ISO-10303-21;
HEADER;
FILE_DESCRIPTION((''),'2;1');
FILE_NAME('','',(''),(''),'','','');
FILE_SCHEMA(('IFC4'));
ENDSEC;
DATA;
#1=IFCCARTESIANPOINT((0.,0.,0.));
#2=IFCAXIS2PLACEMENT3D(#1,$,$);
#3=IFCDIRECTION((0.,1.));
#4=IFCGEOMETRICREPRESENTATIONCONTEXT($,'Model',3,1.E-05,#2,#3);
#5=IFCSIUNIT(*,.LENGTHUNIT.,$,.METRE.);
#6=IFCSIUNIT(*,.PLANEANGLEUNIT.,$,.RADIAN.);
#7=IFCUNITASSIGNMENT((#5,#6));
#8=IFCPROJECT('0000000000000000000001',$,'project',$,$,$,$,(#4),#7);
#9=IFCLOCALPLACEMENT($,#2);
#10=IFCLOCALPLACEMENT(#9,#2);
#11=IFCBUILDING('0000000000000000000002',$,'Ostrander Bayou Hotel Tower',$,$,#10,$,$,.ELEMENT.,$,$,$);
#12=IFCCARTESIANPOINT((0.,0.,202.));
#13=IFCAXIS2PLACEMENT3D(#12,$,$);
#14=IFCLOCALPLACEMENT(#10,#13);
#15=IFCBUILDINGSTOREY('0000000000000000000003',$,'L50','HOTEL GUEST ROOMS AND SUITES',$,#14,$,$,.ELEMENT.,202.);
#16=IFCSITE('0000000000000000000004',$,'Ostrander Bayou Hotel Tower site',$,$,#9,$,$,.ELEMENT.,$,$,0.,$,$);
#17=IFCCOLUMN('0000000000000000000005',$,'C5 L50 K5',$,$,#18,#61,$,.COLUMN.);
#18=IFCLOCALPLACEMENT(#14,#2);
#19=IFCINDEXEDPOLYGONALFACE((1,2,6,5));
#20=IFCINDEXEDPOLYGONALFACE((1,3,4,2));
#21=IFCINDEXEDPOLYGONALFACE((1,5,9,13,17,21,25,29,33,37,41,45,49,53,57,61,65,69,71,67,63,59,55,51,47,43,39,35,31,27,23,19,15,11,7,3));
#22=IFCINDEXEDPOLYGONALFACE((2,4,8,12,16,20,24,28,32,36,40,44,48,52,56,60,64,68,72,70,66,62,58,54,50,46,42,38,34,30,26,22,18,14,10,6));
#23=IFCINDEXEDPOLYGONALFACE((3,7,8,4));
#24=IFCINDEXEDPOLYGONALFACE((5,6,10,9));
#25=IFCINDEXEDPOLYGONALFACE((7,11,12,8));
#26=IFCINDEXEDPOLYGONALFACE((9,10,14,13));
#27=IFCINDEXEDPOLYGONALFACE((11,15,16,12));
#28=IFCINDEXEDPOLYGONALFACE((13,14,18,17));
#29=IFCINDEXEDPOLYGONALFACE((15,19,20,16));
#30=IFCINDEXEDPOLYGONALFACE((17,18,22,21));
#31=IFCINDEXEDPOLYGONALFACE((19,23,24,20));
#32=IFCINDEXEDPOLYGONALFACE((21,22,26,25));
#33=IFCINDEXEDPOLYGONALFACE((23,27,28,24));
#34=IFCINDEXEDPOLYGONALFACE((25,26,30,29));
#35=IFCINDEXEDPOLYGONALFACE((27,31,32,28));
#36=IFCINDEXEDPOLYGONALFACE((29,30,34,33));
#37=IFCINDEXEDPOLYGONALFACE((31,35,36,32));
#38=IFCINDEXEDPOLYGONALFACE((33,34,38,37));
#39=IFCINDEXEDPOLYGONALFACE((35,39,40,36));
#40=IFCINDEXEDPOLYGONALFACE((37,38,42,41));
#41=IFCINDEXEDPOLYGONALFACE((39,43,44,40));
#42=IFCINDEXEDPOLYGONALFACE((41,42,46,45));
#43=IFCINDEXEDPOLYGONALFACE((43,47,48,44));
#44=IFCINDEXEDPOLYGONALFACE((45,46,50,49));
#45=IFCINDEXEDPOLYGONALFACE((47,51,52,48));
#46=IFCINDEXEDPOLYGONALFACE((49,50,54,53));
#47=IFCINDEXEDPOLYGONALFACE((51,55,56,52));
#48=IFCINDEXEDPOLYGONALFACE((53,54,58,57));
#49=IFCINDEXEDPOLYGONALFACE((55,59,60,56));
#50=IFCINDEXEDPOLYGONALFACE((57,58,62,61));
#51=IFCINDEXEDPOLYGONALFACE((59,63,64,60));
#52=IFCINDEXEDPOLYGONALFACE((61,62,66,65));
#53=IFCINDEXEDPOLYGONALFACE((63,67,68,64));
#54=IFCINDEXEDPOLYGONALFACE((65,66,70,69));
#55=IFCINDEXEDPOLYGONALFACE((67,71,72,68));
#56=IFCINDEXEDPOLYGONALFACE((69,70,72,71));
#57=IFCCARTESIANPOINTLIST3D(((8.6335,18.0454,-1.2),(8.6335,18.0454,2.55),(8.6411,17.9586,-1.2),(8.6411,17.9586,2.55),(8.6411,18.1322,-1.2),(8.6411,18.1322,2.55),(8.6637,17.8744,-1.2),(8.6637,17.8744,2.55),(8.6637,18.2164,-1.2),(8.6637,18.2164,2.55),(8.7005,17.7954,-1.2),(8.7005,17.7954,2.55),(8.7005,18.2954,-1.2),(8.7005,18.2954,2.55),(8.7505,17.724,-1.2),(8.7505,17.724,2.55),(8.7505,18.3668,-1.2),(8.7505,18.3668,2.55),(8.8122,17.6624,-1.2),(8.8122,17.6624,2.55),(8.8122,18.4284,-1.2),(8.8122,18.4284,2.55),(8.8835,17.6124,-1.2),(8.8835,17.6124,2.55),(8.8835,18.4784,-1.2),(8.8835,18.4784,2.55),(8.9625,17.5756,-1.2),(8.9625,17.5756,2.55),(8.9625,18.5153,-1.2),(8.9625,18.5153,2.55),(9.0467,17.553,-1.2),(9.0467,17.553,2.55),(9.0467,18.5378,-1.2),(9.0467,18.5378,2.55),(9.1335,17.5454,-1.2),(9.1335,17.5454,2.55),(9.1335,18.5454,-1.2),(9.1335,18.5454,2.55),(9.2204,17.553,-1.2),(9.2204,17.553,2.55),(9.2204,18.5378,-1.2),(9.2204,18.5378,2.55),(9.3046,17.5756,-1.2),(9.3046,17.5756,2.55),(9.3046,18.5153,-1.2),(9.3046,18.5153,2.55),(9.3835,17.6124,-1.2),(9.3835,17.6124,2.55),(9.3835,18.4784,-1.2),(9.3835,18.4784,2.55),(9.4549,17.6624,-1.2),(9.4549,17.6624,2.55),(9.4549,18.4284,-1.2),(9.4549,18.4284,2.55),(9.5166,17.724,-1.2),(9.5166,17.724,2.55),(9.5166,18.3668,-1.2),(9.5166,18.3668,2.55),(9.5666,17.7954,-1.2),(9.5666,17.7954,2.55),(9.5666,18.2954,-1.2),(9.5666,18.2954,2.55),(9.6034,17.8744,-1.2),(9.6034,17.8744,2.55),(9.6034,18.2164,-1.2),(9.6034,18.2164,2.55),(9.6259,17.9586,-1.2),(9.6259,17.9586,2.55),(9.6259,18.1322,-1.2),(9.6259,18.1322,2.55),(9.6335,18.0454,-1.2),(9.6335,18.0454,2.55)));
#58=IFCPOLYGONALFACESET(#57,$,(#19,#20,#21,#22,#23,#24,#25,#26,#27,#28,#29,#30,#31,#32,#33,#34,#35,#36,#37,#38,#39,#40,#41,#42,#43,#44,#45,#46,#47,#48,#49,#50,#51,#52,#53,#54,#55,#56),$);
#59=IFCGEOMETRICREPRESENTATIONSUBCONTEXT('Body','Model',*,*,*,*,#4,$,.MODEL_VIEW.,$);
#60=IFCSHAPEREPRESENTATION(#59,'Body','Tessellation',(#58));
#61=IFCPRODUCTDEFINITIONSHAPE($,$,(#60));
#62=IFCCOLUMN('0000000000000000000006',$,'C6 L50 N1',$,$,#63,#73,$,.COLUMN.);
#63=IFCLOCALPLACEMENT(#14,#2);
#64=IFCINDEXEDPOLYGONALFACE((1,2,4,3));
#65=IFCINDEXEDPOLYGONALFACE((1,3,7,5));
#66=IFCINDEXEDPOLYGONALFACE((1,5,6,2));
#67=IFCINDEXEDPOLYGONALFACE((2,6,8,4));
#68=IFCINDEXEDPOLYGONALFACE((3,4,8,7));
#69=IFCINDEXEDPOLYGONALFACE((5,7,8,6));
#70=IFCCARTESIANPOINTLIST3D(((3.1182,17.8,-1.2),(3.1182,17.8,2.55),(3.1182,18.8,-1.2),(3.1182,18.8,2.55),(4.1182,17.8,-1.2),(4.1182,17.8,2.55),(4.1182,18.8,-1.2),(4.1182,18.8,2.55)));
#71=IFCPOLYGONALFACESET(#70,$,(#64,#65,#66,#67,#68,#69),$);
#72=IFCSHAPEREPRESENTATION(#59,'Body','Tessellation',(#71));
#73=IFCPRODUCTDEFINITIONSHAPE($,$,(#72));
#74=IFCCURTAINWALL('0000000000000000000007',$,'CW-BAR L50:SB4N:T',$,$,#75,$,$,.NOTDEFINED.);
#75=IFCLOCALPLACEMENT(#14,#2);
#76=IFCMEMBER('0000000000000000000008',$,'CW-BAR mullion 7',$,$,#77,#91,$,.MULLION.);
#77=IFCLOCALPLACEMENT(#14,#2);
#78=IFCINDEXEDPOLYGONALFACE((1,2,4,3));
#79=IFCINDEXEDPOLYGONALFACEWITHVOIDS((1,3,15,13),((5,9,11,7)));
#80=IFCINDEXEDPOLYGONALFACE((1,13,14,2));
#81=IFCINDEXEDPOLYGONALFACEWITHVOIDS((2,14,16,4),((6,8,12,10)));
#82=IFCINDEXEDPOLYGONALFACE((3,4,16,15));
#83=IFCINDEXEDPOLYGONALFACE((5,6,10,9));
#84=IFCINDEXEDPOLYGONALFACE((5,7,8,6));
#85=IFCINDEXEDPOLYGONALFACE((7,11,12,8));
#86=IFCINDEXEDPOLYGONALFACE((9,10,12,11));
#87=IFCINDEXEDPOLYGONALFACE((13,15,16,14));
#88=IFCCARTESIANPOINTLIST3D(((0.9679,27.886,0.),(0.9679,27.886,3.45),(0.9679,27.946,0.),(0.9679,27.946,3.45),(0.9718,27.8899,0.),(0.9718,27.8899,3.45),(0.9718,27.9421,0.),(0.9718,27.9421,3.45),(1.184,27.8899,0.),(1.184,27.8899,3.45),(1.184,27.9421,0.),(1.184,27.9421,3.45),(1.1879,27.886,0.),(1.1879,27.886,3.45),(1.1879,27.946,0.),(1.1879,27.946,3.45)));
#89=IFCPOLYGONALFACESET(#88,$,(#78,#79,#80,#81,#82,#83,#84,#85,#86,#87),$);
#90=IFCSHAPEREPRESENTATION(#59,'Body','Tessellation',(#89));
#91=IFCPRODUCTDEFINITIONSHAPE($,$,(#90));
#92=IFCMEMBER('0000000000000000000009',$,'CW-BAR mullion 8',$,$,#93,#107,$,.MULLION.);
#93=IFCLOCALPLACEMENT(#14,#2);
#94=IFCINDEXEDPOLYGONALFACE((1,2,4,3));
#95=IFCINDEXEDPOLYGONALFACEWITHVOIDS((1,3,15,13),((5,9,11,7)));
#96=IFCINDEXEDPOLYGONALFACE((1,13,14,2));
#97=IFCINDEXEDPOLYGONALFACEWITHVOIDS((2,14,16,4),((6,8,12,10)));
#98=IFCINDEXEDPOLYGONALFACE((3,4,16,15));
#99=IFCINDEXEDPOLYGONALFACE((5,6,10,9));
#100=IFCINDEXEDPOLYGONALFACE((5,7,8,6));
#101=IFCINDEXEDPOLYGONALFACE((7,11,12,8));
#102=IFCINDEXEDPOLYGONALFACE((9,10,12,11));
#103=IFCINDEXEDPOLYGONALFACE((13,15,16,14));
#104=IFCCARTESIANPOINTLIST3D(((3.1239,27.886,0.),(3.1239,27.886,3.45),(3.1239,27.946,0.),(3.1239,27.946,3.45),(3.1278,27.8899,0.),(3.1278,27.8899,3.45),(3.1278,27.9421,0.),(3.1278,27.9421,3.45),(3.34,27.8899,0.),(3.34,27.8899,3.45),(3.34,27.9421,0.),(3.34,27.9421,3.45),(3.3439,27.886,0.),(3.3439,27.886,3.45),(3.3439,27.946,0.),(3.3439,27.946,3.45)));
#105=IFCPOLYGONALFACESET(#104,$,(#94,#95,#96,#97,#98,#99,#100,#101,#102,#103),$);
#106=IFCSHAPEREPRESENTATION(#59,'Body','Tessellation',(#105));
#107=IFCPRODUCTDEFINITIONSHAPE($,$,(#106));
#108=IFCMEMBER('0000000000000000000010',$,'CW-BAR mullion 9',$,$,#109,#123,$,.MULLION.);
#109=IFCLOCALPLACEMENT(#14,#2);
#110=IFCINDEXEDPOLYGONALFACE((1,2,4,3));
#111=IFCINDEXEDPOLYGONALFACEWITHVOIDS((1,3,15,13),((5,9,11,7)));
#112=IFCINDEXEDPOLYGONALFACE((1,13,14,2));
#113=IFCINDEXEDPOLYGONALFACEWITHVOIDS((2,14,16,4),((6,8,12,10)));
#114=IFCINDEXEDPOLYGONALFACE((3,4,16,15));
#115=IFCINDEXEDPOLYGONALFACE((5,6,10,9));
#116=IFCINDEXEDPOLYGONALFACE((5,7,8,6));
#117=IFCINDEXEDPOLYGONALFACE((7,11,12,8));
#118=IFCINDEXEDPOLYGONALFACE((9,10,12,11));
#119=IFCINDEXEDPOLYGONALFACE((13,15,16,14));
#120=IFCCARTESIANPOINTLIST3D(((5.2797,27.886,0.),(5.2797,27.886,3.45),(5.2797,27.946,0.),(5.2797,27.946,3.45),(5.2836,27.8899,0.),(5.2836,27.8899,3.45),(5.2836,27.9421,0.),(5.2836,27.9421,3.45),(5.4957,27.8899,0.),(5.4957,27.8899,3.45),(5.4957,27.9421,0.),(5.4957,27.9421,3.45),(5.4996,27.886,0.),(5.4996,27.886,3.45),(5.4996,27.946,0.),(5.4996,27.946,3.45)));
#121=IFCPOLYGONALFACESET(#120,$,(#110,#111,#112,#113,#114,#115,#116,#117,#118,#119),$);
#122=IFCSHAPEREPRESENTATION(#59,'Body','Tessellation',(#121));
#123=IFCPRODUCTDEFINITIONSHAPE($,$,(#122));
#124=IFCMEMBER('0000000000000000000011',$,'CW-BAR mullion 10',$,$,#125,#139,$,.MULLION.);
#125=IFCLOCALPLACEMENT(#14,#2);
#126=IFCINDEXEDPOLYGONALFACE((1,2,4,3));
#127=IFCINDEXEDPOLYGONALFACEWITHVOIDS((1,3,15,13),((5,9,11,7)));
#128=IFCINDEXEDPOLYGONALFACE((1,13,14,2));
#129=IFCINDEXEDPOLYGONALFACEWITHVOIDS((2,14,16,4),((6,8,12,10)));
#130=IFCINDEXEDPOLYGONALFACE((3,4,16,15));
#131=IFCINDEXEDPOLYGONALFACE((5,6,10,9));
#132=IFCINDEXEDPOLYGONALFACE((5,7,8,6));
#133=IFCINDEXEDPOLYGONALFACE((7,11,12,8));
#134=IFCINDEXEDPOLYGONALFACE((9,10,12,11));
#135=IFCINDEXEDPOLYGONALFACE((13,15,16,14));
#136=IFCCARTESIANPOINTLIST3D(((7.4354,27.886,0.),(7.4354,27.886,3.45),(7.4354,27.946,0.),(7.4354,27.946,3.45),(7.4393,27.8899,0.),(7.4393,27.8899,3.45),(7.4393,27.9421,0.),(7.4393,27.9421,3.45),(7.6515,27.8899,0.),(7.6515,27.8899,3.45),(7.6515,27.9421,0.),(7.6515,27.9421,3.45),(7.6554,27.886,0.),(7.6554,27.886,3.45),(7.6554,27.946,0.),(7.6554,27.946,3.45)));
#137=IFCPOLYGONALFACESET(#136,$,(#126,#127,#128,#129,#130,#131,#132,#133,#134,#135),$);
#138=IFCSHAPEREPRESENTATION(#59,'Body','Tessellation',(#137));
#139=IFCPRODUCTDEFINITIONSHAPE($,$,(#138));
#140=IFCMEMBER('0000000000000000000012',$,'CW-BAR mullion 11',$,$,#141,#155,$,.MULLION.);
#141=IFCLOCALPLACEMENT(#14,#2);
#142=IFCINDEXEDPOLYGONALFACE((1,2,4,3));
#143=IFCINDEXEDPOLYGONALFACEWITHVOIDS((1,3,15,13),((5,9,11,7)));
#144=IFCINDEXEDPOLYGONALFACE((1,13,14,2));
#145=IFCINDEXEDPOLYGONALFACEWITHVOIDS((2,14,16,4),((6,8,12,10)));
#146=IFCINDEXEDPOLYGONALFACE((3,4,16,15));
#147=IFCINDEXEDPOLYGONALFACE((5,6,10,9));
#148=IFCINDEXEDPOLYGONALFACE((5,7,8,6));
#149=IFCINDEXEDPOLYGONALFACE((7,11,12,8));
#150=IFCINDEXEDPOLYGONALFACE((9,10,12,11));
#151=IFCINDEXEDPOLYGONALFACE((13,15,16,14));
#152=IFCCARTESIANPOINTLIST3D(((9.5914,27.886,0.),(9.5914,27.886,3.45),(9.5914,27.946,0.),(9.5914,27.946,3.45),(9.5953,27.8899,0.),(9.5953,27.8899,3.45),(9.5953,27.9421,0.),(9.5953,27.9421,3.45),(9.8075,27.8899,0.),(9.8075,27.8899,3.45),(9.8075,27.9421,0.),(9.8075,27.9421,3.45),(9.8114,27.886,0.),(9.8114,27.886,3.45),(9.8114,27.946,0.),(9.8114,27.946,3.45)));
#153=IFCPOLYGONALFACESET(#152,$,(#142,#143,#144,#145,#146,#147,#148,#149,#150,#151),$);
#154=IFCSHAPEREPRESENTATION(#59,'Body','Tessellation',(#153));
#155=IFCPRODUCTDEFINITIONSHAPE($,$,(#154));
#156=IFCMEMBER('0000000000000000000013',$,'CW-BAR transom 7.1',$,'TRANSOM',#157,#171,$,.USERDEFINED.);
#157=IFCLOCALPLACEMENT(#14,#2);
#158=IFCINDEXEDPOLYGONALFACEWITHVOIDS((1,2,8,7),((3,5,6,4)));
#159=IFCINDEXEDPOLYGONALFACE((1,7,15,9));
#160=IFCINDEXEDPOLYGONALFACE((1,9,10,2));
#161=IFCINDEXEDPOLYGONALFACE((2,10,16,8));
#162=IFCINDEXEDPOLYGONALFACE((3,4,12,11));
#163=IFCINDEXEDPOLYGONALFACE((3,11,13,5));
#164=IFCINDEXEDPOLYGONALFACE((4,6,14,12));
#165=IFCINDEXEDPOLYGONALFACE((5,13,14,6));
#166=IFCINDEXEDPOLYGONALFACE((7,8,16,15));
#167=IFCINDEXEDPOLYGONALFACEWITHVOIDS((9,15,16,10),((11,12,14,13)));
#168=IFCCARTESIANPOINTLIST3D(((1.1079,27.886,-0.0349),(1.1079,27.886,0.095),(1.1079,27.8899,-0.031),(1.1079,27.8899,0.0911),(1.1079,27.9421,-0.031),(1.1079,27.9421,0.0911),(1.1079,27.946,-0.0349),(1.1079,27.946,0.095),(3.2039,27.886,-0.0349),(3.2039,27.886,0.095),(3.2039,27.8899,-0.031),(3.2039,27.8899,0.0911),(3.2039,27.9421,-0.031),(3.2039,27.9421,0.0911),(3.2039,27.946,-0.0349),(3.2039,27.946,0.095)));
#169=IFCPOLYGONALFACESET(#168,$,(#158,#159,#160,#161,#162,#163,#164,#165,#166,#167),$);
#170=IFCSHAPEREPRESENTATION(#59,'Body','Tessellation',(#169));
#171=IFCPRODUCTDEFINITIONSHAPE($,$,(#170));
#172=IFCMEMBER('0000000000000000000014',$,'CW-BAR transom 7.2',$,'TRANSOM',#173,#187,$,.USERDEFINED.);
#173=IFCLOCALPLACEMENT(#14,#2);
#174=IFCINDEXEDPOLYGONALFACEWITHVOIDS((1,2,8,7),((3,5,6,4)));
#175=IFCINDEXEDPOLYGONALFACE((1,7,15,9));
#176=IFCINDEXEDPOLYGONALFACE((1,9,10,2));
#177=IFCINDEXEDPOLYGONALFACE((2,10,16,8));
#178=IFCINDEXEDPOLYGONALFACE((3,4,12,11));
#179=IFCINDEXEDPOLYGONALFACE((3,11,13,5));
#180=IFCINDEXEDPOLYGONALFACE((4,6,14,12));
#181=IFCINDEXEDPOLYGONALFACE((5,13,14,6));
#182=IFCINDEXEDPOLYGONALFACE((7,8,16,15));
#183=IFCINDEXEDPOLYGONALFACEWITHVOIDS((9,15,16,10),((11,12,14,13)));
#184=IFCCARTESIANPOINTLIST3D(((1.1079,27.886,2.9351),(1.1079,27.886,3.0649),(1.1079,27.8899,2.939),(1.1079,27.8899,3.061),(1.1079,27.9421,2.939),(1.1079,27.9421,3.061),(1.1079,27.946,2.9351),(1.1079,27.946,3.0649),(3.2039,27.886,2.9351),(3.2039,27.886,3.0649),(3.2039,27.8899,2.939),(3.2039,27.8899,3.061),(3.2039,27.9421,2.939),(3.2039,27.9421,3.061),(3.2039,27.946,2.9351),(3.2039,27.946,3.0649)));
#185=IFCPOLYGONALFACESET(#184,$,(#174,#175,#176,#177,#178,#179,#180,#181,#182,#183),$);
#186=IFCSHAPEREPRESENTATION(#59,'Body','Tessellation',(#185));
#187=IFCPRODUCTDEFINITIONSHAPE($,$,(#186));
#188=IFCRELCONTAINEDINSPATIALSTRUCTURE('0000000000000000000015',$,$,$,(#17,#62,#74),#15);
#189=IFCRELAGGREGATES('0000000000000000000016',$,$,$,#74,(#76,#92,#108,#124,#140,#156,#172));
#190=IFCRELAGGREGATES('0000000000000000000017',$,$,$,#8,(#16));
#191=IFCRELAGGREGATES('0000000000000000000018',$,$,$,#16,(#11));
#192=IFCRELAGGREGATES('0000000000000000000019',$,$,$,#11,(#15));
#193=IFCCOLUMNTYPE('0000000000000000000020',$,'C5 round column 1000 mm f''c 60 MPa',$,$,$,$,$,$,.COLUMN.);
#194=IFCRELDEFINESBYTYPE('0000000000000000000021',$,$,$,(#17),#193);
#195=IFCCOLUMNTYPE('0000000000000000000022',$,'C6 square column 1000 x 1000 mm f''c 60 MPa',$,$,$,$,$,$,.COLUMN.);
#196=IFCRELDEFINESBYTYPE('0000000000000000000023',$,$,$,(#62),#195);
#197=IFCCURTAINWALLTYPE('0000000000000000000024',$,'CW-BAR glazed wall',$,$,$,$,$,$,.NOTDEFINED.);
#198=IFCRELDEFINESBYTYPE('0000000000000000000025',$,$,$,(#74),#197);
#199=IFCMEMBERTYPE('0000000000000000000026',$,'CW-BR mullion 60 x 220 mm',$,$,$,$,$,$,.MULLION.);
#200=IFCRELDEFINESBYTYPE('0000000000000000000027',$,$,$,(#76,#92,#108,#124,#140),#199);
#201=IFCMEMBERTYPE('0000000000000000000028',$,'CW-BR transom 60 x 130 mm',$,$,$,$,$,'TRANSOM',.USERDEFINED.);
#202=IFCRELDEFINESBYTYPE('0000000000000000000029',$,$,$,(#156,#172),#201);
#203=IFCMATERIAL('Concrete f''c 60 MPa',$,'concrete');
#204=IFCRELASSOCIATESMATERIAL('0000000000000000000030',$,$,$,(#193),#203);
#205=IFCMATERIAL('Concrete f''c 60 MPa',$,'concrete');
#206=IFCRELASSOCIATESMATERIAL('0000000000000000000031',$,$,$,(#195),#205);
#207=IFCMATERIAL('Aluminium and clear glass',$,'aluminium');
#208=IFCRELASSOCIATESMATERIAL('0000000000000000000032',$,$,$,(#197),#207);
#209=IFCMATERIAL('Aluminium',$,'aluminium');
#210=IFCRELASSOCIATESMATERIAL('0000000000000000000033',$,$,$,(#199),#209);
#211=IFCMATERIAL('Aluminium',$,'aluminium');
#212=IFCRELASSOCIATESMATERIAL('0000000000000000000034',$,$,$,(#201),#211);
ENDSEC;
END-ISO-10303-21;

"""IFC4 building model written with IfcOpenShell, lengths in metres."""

from ifc_helpers import new_model, si_unit, direction, frame, origin, origin_2d, place, context, subcontext, project, spatial, rectangle, hollow_rectangle, circle, extrude, material, material_profile, profile_set, type_object, element, aggregate, save


model = new_model("IFC4")

# Units and contexts
model_context = context("Model", 3, precision=1e-05, world=origin(), true_north=direction((0.0, 1.0)))
body_context = subcontext(model_context, "Body", "Model", "MODEL_VIEW")
ifc_project = project(units=[si_unit("LENGTHUNIT", "METRE"), si_unit("PLANEANGLEUNIT", "RADIAN")], contexts=[model_context])

# Site, building, storey
site_placement = place(None, origin())
site = spatial("IfcSite", under=ifc_project, at=site_placement, Name="Ostrander Bayou Hotel Tower site", CompositionType="ELEMENT", RefElevation=0.0)
building_placement = place(site_placement, origin())
building = spatial("IfcBuilding", under=site, at=building_placement, Name="Ostrander Bayou Hotel Tower", CompositionType="ELEMENT")
storey_placement = place(building_placement, frame((0.0, 0.0, 202.0)))
storey = spatial("IfcBuildingStorey", under=building, at=storey_placement, Name="L50", Description="HOTEL GUEST ROOMS AND SUITES", CompositionType="ELEMENT", Elevation=202.0)

# Columns
ifc_material_1 = material(Name="Concrete f'c 60 MPa", Category="concrete")
ifc_material_profile_1 = material_profile(ifc_material_1, circle(Radius=0.5, at=origin_2d()))
ifc_profile_set_1 = profile_set([ifc_material_profile_1], Name="Concrete f'c 60 MPa")
column_type_1 = type_object("IfcColumnType", Name="C5 round column 1000 mm f'c 60 MPa", PredefinedType="COLUMN", material=ifc_profile_set_1)
column_1_placement = place(storey_placement, frame((9.1335, 18.0454, -1.2), z_axis=(0.0, 0.0, 1.0), x_axis=(1.0, 0.0, 0.0)))
element("IfcColumn", 1, at=column_1_placement, inside=storey, type_object=column_type_1, Name="C5 L50 K5", PredefinedType="COLUMN", context=body_context, shape_type="SweptSolid", body=[
    extrude(circle(Radius=0.5, at=origin_2d()), origin(), (0.0, 0.0, 1.0), 3.75),
])
ifc_material_2 = material(Name="Concrete f'c 60 MPa", Category="concrete")
ifc_material_profile_2 = material_profile(ifc_material_2, rectangle(XDim=1.0, YDim=1.0, at=origin_2d()))
ifc_profile_set_2 = profile_set([ifc_material_profile_2], Name="Concrete f'c 60 MPa")
column_type_2 = type_object("IfcColumnType", Name="C6 square column 1000 x 1000 mm f'c 60 MPa", PredefinedType="COLUMN", material=ifc_profile_set_2)
column_2_placement = place(storey_placement, frame((3.6182, 18.3, -1.2), z_axis=(0.0, 0.0, 1.0), x_axis=(1.0, 0.0, 0.0)))
element("IfcColumn", 2, at=column_2_placement, inside=storey, type_object=column_type_2, Name="C6 L50 N1", PredefinedType="COLUMN", context=body_context, shape_type="SweptSolid", body=[
    extrude(rectangle(XDim=1.0, YDim=1.0, at=origin_2d()), origin(), (0.0, 0.0, 1.0), 3.75),
])

# Curtain wall, members
ifc_material_3 = material(Name="Aluminium and clear glass", Category="aluminium")
curtain_wall_type = type_object("IfcCurtainWallType", Name="CW-BAR glazed wall", PredefinedType="NOTDEFINED", material=ifc_material_3)
curtain_wall_placement = place(storey_placement, origin())
curtain_wall = element("IfcCurtainWall", 3, at=curtain_wall_placement, inside=storey, type_object=curtain_wall_type, Name="CW-BAR L50:SB4N:T", PredefinedType="NOTDEFINED")
ifc_material_4 = material(Name="Aluminium", Category="aluminium")
ifc_material_profile_3 = material_profile(ifc_material_4, hollow_rectangle(XDim=0.0601, YDim=0.22, WallThickness=0.0039, at=origin_2d()))
ifc_profile_set_3 = profile_set([ifc_material_profile_3], Name="Aluminium")
member_type_1 = type_object("IfcMemberType", Name="CW-BR mullion 60 x 220 mm", PredefinedType="MULLION", material=ifc_profile_set_3)
member_1_placement = place(storey_placement, frame((1.0779, 27.916, 0.0), z_axis=(0.0, 0.0, 1.0), x_axis=(0.0, 1.0, 0.0)))
member_1 = element("IfcMember", 4, at=member_1_placement, type_object=member_type_1, Name="CW-BAR mullion 7", PredefinedType="MULLION", context=body_context, shape_type="SweptSolid", body=[
    extrude(hollow_rectangle(XDim=0.0601, YDim=0.22, WallThickness=0.0039, at=origin_2d()), origin(), (0.0, 0.0, 1.0), 3.45),
])
member_2_placement = place(storey_placement, frame((3.2339, 27.916, 0.0), z_axis=(0.0, 0.0, 1.0), x_axis=(0.0, 1.0, 0.0)))
member_2 = element("IfcMember", 5, at=member_2_placement, type_object=member_type_1, Name="CW-BAR mullion 8", PredefinedType="MULLION", context=body_context, shape_type="SweptSolid", body=[
    extrude(hollow_rectangle(XDim=0.0601, YDim=0.22, WallThickness=0.0039, at=origin_2d()), origin(), (0.0, 0.0, 1.0), 3.45),
])
member_3_placement = place(storey_placement, frame((5.3896, 27.916, 0.0), z_axis=(0.0, 0.0, 1.0), x_axis=(0.0, 1.0, 0.0)))
member_3 = element("IfcMember", 6, at=member_3_placement, type_object=member_type_1, Name="CW-BAR mullion 9", PredefinedType="MULLION", context=body_context, shape_type="SweptSolid", body=[
    extrude(hollow_rectangle(XDim=0.0601, YDim=0.22, WallThickness=0.0039, at=origin_2d()), origin(), (0.0, 0.0, 1.0), 3.45),
])
member_4_placement = place(storey_placement, frame((7.5454, 27.916, 0.0), z_axis=(0.0, 0.0, 1.0), x_axis=(0.0, 1.0, 0.0)))
member_4 = element("IfcMember", 7, at=member_4_placement, type_object=member_type_1, Name="CW-BAR mullion 10", PredefinedType="MULLION", context=body_context, shape_type="SweptSolid", body=[
    extrude(hollow_rectangle(XDim=0.0601, YDim=0.22, WallThickness=0.0039, at=origin_2d()), origin(), (0.0, 0.0, 1.0), 3.45),
])
member_5_placement = place(storey_placement, frame((9.7014, 27.916, 0.0), z_axis=(0.0, 0.0, 1.0), x_axis=(0.0, 1.0, 0.0)))
member_5 = element("IfcMember", 8, at=member_5_placement, type_object=member_type_1, Name="CW-BAR mullion 11", PredefinedType="MULLION", context=body_context, shape_type="SweptSolid", body=[
    extrude(hollow_rectangle(XDim=0.0601, YDim=0.22, WallThickness=0.0039, at=origin_2d()), origin(), (0.0, 0.0, 1.0), 3.45),
])
ifc_material_5 = material(Name="Aluminium", Category="aluminium")
ifc_material_profile_4 = material_profile(ifc_material_5, hollow_rectangle(XDim=0.0601, YDim=0.1299, WallThickness=0.0039, at=origin_2d()))
ifc_profile_set_4 = profile_set([ifc_material_profile_4], Name="Aluminium")
member_type_2 = type_object("IfcMemberType", Name="CW-BR transom 60 x 130 mm", ElementType="TRANSOM", PredefinedType="USERDEFINED", material=ifc_profile_set_4)
member_6_placement = place(storey_placement, frame((1.1079, 27.916, 0.03), z_axis=(1.0, 0.0, 0.0), x_axis=(0.0, 1.0, 0.0)))
member_6 = element("IfcMember", 9, at=member_6_placement, type_object=member_type_2, Name="CW-BAR transom 7.1", ObjectType="TRANSOM", PredefinedType="USERDEFINED", context=body_context, shape_type="SweptSolid", body=[
    extrude(hollow_rectangle(XDim=0.0601, YDim=0.1299, WallThickness=0.0039, at=origin_2d()), origin(), (0.0, 0.0, 1.0), 2.0959),
])
member_7_placement = place(storey_placement, frame((1.1079, 27.916, 3.0), z_axis=(1.0, 0.0, 0.0), x_axis=(0.0, 1.0, 0.0)))
member_7 = element("IfcMember", 10, at=member_7_placement, type_object=member_type_2, Name="CW-BAR transom 7.2", ObjectType="TRANSOM", PredefinedType="USERDEFINED", context=body_context, shape_type="SweptSolid", body=[
    extrude(hollow_rectangle(XDim=0.0601, YDim=0.1299, WallThickness=0.0039, at=origin_2d()), origin(), (0.0, 0.0, 1.0), 2.0959),
])
aggregate(curtain_wall, [member_1, member_2, member_3, member_4, member_5, member_6, member_7])

save(model, "model.ifc")
